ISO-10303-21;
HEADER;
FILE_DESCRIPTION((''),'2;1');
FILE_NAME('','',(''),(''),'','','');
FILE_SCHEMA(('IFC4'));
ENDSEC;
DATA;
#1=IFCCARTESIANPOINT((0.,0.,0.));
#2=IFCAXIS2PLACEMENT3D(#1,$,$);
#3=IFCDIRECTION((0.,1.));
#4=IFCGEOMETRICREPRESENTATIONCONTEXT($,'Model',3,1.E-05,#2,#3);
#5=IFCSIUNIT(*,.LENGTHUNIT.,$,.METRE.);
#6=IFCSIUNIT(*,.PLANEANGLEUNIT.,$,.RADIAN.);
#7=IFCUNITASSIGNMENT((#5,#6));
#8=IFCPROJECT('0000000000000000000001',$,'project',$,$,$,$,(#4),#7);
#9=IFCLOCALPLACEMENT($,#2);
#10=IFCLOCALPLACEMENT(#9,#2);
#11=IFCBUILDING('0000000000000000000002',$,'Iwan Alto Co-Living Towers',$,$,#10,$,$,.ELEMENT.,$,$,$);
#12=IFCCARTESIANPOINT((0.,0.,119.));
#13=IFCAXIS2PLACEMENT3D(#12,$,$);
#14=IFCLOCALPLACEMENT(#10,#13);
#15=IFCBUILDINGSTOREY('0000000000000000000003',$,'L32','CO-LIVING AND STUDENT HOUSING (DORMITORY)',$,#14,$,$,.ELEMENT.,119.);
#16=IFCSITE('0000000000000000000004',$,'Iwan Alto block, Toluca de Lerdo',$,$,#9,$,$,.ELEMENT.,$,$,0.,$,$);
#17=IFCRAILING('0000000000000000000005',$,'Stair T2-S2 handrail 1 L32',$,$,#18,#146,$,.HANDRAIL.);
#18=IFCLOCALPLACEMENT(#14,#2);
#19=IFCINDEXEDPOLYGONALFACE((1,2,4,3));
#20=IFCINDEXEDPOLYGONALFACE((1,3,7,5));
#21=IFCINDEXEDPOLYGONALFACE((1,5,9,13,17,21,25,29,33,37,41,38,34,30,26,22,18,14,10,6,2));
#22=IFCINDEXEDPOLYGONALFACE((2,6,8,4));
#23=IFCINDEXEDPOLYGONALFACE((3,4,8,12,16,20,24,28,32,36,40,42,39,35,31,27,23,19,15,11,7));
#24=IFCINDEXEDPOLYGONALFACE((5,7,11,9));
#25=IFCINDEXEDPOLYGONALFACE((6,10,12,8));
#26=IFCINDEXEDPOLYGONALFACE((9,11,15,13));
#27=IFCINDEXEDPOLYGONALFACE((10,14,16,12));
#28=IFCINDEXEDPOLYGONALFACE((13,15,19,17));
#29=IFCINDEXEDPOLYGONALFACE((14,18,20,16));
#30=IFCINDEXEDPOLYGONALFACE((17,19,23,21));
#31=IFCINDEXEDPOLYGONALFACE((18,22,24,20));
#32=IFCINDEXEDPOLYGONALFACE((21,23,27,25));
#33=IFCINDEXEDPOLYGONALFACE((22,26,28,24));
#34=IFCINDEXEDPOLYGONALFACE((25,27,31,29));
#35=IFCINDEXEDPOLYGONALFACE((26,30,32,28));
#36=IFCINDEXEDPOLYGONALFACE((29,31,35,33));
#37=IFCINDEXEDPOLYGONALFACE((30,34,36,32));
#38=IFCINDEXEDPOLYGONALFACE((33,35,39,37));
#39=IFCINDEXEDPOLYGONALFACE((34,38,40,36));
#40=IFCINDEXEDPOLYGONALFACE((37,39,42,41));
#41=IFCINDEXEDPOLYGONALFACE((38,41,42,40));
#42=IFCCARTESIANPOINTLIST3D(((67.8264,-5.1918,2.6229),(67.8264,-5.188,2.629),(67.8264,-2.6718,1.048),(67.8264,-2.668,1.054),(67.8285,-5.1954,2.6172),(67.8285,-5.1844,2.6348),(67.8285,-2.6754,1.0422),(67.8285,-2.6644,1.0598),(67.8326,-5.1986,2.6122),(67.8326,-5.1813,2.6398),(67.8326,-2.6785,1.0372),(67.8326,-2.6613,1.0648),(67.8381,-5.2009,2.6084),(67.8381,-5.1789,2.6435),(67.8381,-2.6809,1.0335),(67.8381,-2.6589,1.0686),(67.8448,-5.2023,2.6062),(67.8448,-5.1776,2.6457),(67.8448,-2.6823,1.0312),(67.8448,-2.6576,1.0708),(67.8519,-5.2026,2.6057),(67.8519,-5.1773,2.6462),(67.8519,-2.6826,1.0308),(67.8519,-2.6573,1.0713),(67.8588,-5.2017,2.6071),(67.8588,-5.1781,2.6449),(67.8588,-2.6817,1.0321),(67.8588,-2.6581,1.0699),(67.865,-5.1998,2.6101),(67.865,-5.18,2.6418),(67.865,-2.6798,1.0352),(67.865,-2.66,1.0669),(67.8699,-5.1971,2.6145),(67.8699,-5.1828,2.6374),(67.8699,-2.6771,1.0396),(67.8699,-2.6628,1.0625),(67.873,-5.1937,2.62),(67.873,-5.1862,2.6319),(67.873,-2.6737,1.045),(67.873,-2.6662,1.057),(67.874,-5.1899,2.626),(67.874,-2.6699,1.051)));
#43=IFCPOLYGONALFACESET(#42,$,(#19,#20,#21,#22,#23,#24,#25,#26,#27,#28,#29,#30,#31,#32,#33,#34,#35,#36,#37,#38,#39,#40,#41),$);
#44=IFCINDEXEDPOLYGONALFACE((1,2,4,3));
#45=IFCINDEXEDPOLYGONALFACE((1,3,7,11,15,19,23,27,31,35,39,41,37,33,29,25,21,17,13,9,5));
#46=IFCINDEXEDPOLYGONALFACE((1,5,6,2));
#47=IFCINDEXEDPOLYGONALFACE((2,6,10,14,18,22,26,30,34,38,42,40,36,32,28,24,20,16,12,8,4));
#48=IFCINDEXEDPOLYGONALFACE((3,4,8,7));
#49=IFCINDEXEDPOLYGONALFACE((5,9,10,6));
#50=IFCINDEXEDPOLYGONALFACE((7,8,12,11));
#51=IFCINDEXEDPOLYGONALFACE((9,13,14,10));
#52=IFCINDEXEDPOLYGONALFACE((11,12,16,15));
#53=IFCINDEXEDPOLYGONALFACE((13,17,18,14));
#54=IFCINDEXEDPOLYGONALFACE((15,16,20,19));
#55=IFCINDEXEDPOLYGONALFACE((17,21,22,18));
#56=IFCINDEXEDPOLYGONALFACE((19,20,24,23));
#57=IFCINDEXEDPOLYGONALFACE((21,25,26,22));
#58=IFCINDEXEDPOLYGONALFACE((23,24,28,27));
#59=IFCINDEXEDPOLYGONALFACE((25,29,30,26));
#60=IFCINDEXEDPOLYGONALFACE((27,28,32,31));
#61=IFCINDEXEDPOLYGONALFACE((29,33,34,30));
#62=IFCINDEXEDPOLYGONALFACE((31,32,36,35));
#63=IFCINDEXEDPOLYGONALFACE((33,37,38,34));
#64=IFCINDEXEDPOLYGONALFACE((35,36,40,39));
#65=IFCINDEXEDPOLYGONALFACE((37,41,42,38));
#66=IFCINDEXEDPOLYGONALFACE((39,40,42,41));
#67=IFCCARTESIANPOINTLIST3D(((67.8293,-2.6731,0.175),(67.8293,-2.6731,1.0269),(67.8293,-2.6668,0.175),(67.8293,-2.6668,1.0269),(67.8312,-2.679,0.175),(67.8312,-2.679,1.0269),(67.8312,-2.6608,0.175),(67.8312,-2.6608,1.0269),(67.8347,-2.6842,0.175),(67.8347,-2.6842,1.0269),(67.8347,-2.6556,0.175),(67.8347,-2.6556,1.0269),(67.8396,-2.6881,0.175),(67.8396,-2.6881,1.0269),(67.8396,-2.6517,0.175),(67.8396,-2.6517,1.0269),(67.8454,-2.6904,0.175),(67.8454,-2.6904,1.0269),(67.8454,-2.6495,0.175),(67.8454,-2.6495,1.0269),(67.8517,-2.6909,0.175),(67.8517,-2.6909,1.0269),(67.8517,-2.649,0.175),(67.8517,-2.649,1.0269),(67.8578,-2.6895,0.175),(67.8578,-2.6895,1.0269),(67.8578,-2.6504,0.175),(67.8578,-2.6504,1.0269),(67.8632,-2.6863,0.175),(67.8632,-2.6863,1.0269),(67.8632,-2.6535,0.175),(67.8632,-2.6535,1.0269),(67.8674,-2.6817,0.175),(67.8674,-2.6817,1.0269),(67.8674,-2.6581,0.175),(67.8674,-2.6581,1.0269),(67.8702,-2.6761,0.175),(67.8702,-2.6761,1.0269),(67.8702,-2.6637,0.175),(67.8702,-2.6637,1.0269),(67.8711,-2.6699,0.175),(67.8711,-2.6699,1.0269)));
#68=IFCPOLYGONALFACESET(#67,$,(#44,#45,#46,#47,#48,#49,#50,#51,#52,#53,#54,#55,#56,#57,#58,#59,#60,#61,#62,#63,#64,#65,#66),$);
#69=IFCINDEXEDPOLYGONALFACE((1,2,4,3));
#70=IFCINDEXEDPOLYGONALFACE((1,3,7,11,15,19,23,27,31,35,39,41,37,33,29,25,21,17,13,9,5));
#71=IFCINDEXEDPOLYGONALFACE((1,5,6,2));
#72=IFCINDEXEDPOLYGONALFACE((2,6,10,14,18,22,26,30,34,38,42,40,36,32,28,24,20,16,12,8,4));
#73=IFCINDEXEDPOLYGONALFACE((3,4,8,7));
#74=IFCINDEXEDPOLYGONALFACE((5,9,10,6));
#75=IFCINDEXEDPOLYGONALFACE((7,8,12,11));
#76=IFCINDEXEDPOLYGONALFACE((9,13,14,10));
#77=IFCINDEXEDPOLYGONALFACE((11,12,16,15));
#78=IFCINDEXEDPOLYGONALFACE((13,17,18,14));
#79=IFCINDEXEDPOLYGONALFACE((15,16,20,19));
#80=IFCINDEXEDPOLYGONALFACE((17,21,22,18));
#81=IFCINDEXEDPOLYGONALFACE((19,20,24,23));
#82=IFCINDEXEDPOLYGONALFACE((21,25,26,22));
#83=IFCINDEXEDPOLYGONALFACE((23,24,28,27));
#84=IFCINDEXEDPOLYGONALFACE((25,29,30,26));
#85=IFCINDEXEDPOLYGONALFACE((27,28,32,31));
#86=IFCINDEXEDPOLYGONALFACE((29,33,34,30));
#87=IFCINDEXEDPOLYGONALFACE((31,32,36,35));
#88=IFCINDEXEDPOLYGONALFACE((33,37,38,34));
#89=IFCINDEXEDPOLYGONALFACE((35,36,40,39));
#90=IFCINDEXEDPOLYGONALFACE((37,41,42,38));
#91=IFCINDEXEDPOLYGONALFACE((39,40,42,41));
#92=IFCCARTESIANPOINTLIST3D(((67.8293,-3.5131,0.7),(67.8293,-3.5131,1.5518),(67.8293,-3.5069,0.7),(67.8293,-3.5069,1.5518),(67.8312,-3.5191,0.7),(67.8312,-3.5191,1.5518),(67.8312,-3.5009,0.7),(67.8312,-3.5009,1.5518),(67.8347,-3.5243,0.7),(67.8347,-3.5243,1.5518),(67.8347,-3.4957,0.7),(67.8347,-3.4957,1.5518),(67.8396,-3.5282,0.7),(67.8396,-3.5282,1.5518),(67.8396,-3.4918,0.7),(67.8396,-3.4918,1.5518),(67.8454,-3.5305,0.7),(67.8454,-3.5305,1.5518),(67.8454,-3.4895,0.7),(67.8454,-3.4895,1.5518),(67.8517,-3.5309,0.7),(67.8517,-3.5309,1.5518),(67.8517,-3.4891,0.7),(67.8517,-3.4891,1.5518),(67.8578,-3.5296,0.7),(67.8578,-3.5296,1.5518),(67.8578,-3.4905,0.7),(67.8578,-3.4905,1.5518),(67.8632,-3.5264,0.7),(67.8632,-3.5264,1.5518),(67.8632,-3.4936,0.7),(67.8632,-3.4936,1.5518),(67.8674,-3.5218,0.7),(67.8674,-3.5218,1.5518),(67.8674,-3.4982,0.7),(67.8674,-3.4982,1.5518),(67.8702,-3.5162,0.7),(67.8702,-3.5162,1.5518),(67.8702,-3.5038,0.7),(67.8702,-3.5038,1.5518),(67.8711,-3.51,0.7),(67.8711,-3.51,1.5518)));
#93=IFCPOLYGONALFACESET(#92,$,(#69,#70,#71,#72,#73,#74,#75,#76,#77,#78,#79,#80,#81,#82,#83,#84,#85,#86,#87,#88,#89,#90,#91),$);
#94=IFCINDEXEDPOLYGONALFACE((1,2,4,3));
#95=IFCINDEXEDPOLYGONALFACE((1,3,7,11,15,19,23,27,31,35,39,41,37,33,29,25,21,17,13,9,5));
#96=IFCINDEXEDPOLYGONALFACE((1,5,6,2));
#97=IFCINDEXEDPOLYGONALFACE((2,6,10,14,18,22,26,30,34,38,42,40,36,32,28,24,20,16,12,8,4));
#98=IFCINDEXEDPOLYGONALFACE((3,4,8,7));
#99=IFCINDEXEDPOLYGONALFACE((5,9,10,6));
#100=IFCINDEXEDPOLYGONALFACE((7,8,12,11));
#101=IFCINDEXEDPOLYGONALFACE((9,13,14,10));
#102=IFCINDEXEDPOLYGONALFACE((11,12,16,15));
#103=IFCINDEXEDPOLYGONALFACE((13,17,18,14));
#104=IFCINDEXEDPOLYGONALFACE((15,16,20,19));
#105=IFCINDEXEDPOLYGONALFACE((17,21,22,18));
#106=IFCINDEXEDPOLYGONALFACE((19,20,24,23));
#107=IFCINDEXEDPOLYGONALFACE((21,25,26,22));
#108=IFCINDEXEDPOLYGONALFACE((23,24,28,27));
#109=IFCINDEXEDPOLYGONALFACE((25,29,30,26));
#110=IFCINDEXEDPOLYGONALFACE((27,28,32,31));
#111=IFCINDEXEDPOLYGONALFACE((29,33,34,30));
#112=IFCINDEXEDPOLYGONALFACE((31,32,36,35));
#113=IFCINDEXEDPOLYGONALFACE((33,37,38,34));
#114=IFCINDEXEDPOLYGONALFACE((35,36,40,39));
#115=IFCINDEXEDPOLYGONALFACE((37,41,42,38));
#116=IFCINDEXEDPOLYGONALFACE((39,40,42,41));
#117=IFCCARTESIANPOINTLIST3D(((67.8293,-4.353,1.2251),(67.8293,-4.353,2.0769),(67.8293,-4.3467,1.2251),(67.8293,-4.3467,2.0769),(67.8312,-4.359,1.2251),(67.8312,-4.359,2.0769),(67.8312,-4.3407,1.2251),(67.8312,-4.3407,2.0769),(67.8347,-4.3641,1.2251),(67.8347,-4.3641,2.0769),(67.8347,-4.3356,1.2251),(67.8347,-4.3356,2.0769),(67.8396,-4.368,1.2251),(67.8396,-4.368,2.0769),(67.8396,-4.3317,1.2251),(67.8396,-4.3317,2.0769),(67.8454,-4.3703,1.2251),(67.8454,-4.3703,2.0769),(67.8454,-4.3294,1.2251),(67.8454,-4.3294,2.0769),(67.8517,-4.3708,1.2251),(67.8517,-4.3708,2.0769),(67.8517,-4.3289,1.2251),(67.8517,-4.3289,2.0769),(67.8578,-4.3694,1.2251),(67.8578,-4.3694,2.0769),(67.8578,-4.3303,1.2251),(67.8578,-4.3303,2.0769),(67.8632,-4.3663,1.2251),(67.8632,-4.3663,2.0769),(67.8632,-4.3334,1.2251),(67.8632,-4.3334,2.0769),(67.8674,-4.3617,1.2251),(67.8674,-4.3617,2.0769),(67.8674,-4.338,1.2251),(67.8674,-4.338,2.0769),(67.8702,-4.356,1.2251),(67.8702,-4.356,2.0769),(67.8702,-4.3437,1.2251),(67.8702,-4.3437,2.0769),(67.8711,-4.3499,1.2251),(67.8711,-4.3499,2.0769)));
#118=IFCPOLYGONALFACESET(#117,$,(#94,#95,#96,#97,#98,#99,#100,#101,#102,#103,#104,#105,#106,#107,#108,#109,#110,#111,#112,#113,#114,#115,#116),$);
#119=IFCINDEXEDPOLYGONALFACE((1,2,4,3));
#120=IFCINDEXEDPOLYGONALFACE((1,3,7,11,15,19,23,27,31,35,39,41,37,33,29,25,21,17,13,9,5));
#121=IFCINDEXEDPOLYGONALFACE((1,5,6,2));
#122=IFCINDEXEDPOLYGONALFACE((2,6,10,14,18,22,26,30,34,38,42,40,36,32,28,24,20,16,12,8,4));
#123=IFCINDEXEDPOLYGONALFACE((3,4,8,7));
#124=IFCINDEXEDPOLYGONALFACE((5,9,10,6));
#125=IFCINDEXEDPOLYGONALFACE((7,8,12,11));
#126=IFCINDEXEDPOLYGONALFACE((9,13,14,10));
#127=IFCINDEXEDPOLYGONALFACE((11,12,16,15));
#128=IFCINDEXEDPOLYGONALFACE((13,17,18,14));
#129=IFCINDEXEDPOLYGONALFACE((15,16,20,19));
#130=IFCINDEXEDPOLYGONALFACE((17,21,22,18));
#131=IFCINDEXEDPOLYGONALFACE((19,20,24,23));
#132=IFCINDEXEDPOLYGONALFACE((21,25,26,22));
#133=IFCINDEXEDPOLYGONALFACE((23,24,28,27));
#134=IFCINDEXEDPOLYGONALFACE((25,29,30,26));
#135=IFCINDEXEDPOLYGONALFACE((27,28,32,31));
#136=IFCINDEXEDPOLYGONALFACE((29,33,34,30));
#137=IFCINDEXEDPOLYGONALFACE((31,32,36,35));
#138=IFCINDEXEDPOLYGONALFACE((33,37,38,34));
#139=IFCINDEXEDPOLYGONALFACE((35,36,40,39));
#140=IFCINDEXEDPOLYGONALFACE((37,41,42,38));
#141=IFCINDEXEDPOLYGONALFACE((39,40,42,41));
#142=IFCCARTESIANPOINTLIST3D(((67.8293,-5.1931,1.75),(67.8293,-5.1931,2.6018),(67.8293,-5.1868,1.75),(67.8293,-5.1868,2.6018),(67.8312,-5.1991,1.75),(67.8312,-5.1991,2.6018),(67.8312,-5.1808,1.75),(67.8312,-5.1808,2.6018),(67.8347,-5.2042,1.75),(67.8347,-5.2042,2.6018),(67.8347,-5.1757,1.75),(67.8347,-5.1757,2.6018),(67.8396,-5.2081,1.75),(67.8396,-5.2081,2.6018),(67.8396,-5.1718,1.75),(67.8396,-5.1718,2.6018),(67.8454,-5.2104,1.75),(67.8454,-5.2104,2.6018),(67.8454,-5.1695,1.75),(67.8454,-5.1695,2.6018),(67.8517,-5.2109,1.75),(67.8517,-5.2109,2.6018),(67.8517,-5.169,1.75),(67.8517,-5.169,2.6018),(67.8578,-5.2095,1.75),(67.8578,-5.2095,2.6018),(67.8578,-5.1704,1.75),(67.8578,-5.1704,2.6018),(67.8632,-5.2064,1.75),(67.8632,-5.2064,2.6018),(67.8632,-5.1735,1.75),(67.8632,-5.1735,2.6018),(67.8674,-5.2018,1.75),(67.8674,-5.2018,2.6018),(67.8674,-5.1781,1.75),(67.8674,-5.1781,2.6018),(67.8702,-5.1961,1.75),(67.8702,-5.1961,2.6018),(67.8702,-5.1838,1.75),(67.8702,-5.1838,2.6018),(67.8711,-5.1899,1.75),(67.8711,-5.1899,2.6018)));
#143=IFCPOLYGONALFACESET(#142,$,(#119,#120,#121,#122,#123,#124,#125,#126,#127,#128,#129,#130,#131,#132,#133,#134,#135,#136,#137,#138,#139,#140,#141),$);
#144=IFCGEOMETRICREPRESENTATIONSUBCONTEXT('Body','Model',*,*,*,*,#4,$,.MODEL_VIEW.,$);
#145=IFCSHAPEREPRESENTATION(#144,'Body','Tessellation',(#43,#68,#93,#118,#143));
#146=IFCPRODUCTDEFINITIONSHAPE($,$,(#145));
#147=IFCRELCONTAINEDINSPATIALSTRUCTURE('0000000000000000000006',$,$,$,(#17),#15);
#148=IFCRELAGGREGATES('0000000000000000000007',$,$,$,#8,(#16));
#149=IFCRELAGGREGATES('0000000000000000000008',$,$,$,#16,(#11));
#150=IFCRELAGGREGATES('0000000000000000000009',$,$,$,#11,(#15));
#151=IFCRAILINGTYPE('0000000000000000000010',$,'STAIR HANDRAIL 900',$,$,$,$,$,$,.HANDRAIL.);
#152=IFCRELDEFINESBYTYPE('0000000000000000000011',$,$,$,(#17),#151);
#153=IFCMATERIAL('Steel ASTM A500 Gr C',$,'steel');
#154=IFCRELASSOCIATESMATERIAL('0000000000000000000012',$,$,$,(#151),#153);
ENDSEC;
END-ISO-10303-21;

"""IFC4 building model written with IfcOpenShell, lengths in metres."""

from ifc_helpers import new_model, si_unit, direction, frame, origin, origin_2d, place, context, subcontext, project, spatial, circle, extrude, material, type_object, element, save


model = new_model("IFC4")

# Units and contexts
model_context = context("Model", 3, precision=1e-05, world=origin(), true_north=direction((0.0, 1.0)))
body_context = subcontext(model_context, "Body", "Model", "MODEL_VIEW")
ifc_project = project(units=[si_unit("LENGTHUNIT", "METRE"), si_unit("PLANEANGLEUNIT", "RADIAN")], contexts=[model_context])

# Site, building, storey
site_placement = place(None, origin())
site = spatial("IfcSite", under=ifc_project, at=site_placement, Name="Iwan Alto block, Toluca de Lerdo", CompositionType="ELEMENT", RefElevation=0.0)
building_placement = place(site_placement, origin())
building = spatial("IfcBuilding", under=site, at=building_placement, Name="Iwan Alto Co-Living Towers", CompositionType="ELEMENT")
storey_placement = place(building_placement, frame((0.0, 0.0, 119.0)))
storey = spatial("IfcBuildingStorey", under=building, at=storey_placement, Name="L32", Description="CO-LIVING AND STUDENT HOUSING (DORMITORY)", CompositionType="ELEMENT", Elevation=119.0)

# Railing
ifc_material_1 = material(Name="Steel ASTM A500 Gr C", Category="steel")
railing_type_1 = type_object("IfcRailingType", Name="STAIR HANDRAIL 900", PredefinedType="HANDRAIL", material=ifc_material_1)
railing_1_placement = place(storey_placement, frame((67.8501, -2.6699, 0.175)))
element("IfcRailing", 1, at=railing_1_placement, inside=storey, type_object=railing_type_1, Name="Stair T2-S2 handrail 1 L32", PredefinedType="HANDRAIL", context=body_context, shape_type="SweptSolid", body=[
    extrude(circle(Radius=0.0239, at=origin_2d()), frame((0.0, 0.0, 0.876), z_axis=(0.0, -0.848008, 0.529984), x_axis=(1.0, 0.0, 0.0)), (0.0, 0.0, 1.0), 2.9717),
    extrude(circle(Radius=0.021, at=origin_2d()), origin(), (0.0, 0.0, 1.0), 0.8518),
    extrude(circle(Radius=0.021, at=origin_2d()), frame((0.0, -0.8401, 0.5249)), (0.0, 0.0, 1.0), 0.8518),
    extrude(circle(Radius=0.021, at=origin_2d()), frame((0.0, -1.6799, 1.05)), (0.0, 0.0, 1.0), 0.8518),
    extrude(circle(Radius=0.021, at=origin_2d()), frame((0.0, -2.52, 1.575)), (0.0, 0.0, 1.0), 0.8518),
])

save(model, "model.ifc")
